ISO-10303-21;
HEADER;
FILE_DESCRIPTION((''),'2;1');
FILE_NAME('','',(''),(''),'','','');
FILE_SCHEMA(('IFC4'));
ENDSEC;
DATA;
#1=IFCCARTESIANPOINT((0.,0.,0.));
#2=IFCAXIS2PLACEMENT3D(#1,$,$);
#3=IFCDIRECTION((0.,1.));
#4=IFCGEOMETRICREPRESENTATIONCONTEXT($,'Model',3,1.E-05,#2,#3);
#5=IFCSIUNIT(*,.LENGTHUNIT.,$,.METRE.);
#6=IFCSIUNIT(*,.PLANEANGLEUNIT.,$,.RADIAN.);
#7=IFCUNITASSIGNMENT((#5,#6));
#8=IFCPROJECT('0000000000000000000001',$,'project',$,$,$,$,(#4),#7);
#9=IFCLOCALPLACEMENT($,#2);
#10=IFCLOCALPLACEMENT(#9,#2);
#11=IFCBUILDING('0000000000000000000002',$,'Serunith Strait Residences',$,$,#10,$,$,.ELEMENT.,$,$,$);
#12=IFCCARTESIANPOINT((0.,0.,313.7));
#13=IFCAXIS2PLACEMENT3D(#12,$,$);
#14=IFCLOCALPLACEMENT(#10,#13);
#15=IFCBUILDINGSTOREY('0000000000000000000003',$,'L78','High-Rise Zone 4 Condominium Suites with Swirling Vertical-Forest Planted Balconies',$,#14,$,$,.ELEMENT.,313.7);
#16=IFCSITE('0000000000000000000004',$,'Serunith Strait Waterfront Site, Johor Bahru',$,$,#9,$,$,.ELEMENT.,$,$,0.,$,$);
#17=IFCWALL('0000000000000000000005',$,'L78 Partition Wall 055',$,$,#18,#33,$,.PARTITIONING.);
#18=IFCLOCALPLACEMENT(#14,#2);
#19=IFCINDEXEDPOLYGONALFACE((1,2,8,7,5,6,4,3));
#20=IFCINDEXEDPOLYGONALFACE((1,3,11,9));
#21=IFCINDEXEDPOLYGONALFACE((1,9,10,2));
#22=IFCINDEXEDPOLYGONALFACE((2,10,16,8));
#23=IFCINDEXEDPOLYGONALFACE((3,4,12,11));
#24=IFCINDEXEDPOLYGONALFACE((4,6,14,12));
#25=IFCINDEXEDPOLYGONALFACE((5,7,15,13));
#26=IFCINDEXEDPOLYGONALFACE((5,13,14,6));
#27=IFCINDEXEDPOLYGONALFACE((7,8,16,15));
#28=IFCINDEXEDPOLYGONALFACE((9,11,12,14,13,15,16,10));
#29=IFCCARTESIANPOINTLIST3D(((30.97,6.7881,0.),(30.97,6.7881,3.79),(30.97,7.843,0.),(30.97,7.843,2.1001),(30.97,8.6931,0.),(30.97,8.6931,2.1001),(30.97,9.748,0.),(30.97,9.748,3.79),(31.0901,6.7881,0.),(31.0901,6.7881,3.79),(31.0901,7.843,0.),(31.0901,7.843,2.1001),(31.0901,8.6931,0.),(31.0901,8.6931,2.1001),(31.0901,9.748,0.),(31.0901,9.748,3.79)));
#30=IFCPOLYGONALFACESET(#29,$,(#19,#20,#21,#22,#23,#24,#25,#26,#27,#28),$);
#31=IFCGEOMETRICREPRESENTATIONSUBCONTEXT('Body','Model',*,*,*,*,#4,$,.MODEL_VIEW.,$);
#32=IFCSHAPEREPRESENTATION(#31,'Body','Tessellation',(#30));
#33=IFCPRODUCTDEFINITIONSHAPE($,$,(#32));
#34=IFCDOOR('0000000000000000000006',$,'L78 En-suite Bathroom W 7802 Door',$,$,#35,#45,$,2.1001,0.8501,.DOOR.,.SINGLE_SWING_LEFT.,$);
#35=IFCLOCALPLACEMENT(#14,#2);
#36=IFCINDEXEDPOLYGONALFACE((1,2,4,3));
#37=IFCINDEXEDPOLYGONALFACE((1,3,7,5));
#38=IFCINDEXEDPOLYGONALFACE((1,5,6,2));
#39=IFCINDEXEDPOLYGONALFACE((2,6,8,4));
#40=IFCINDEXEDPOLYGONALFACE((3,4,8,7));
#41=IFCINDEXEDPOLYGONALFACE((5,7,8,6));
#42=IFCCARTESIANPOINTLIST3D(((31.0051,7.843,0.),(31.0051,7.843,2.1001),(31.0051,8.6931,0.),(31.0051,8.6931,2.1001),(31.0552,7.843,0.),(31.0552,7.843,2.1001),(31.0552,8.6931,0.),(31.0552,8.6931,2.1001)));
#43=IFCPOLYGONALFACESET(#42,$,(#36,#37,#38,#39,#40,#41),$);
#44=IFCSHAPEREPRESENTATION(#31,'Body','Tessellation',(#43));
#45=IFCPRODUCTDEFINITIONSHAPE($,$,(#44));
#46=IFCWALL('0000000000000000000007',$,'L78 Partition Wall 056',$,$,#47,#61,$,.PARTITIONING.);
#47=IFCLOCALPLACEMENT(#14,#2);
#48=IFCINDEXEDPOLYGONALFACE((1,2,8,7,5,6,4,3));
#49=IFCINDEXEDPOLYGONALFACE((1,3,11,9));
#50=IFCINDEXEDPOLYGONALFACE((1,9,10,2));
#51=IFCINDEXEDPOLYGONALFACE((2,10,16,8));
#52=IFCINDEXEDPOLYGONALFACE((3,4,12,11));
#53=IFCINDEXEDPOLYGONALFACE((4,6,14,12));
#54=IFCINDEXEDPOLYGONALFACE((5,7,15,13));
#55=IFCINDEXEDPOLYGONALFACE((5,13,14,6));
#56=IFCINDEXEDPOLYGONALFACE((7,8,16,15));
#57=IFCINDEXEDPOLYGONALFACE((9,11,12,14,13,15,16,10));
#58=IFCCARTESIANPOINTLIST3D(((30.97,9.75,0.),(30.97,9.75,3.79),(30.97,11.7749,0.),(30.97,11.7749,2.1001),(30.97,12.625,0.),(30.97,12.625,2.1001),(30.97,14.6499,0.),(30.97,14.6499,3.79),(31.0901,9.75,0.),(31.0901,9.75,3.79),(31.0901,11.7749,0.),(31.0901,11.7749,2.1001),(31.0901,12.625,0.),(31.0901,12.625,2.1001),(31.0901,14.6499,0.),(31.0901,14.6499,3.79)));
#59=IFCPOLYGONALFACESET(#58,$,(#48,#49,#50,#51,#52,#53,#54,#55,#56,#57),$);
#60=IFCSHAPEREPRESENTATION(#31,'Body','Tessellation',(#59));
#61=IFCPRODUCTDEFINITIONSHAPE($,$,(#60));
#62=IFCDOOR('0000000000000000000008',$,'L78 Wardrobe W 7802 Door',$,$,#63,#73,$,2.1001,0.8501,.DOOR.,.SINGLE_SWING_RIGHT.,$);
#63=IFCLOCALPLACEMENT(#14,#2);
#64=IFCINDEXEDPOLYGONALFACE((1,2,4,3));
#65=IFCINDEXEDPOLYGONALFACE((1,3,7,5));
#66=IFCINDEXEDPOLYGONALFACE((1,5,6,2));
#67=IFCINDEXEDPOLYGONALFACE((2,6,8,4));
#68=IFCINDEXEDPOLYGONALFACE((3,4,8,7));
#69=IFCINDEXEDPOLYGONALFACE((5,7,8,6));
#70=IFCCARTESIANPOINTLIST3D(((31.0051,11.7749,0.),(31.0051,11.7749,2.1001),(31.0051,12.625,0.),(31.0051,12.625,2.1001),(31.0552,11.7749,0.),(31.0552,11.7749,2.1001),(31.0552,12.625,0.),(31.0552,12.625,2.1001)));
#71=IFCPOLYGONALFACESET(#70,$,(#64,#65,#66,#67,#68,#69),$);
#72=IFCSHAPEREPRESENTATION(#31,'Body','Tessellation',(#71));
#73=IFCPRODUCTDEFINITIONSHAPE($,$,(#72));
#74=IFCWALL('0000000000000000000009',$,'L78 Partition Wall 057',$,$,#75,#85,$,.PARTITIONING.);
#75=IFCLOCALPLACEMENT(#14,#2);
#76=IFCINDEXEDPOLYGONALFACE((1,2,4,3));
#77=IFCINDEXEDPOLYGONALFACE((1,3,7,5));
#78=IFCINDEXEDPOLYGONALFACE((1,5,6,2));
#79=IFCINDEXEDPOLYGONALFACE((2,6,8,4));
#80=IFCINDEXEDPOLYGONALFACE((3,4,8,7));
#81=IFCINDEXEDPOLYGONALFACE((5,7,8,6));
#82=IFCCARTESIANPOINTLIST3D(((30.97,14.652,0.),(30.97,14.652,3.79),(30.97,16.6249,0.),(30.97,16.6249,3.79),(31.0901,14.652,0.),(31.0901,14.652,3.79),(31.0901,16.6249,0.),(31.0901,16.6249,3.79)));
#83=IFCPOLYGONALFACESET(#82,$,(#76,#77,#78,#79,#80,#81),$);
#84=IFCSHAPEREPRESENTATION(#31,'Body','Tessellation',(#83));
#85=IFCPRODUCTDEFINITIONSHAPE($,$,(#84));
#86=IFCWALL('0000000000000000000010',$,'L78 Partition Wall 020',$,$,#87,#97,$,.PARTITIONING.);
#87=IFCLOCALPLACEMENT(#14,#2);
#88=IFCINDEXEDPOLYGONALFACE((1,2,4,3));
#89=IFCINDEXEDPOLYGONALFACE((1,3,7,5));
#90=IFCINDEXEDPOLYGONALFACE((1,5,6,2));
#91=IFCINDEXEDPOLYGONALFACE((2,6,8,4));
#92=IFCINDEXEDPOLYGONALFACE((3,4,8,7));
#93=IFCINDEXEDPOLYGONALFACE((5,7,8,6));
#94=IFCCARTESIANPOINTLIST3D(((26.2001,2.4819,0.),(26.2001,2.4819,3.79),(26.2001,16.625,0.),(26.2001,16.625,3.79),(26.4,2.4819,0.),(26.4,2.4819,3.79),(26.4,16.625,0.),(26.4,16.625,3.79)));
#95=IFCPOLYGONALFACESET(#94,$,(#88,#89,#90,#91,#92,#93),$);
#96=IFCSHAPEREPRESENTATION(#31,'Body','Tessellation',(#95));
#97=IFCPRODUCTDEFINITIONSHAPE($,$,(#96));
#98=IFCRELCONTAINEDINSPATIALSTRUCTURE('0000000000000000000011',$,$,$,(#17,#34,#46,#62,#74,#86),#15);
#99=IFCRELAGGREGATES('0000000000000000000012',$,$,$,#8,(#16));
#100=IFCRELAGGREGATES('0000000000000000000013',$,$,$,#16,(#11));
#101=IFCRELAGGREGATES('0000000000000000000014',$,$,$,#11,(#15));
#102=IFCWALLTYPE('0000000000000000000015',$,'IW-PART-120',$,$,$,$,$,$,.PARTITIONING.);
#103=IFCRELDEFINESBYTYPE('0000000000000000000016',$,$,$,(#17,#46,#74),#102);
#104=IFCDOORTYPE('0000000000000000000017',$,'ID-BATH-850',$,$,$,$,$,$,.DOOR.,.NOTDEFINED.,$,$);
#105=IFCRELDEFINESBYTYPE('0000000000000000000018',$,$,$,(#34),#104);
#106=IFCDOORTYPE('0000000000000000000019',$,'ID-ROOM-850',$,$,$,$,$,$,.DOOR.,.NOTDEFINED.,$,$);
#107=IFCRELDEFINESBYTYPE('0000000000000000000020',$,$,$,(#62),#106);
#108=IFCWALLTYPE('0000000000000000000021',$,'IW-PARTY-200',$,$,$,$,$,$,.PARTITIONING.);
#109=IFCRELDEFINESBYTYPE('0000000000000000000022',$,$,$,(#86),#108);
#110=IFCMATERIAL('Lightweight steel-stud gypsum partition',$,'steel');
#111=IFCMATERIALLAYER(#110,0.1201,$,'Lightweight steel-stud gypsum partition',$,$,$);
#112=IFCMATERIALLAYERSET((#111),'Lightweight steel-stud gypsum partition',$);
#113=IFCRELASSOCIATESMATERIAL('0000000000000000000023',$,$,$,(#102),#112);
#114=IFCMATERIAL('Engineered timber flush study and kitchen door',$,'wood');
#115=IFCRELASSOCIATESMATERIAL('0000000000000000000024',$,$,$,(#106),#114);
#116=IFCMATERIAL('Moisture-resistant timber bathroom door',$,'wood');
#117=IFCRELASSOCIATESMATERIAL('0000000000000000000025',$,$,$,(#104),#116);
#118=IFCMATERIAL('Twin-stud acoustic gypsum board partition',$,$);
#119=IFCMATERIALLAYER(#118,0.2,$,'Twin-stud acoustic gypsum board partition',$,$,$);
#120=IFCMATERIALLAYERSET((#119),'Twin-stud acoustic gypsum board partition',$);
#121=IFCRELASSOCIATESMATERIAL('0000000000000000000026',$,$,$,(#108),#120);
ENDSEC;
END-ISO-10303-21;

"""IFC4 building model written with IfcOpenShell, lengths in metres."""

from ifc_helpers import new_model, si_unit, direction, frame, frame_2d, origin, place, context, subcontext, project, spatial, rectangle, extrude, source, transform, mapped, material, layer, layer_set, type_object, element, fill, save


model = new_model("IFC4")

# Units and contexts
model_context = context("Model", 3, precision=1e-05, world=origin(), true_north=direction((0.0, 1.0)))
body_context = subcontext(model_context, "Body", "Model", "MODEL_VIEW")
ifc_project = project(units=[si_unit("LENGTHUNIT", "METRE"), si_unit("PLANEANGLEUNIT", "RADIAN")], contexts=[model_context])

# Site, building, storey
site_placement = place(None, origin())
site = spatial("IfcSite", under=ifc_project, at=site_placement, Name="Serunith Strait Waterfront Site, Johor Bahru", CompositionType="ELEMENT", RefElevation=0.0)
building_placement = place(site_placement, origin())
building = spatial("IfcBuilding", under=site, at=building_placement, Name="Serunith Strait Residences", CompositionType="ELEMENT")
storey_placement = place(building_placement, frame((0.0, 0.0, 313.7)))
storey = spatial("IfcBuildingStorey", under=building, at=storey_placement, Name="L78", Description="High-Rise Zone 4 Condominium Suites with Swirling Vertical-Forest Planted Balconies", CompositionType="ELEMENT", Elevation=313.7)

# Shared definitions
ifc_material_1 = material(Name="Lightweight steel-stud gypsum partition", Category="steel")
ifc_layer_1 = layer(ifc_material_1, 0.1201, Name="Lightweight steel-stud gypsum partition")
ifc_layer_set_1 = layer_set([ifc_layer_1], Name="Lightweight steel-stud gypsum partition")
wall_type_1 = type_object("IfcWallType", Name="IW-PART-120", PredefinedType="PARTITIONING", material=ifc_layer_set_1)
ifc_material_2 = material(Name="Engineered timber flush study and kitchen door", Category="wood")
door_type_1 = type_object("IfcDoorType", Name="ID-ROOM-850", OperationType="NOTDEFINED", PredefinedType="DOOR", material=ifc_material_2)
shared_shape_1 = source(origin(), body_context, "Body", "SweptSolid", [
    extrude(rectangle(XDim=0.8501, YDim=2.1001, at=frame_2d((0.425, 1.05))), frame((0.0, 0.0249, 0.0), z_axis=(0.0, -1.0, 0.0), x_axis=(1.0, 0.0, 0.0)), (0.0, 0.0, 1.0), 0.05),
])

# Walls, openings, doors
wall_1_placement = place(storey_placement, frame((31.03, 6.7881, 0.0), z_axis=(0.0, 0.0, 1.0), x_axis=(0.0, 1.0, 0.0)))
wall_1 = element("IfcWall", 1, at=wall_1_placement, inside=storey, type_object=wall_type_1, Name="L78 Partition Wall 055", PredefinedType="PARTITIONING", context=body_context, shape_type="SweptSolid", body=[
    extrude(rectangle(XDim=2.96, YDim=0.1201, at=frame_2d((1.48, 0.0))), origin(), (0.0, 0.0, 1.0), 3.79),
])
opening_1_placement = place(wall_1_placement, frame((1.0549, 0.0, 0.0)))
opening_1 = element("IfcOpeningElement", 2, at=opening_1_placement, cuts=wall_1, PredefinedType="OPENING", context=body_context, shape_type="SweptSolid", body=[
    extrude(rectangle(XDim=0.8501, YDim=2.1001, at=frame_2d((0.425, 1.05))), frame((0.0, 0.0701, 0.0), z_axis=(0.0, -1.0, 0.0), x_axis=(1.0, 0.0, 0.0)), (0.0, 0.0, 1.0), 0.1401),
])
ifc_material_3 = material(Name="Moisture-resistant timber bathroom door", Category="wood")
door_type_2 = type_object("IfcDoorType", Name="ID-BATH-850", OperationType="NOTDEFINED", PredefinedType="DOOR", material=ifc_material_3)
door_1_placement = place(opening_1_placement, origin())
door_1 = element("IfcDoor", 3, at=door_1_placement, inside=storey, type_object=door_type_2, Name="L78 En-suite Bathroom W 7802 Door", OperationType="SINGLE_SWING_LEFT", OverallHeight=2.1001, OverallWidth=0.8501, PredefinedType="DOOR", context=body_context, shape_type="MappedRepresentation", body=[
    mapped(shared_shape_1, transform((0.0, 0.0, 0.0), scale=1.0)),
])
fill(opening_1, door_1)
wall_2_placement = place(storey_placement, frame((31.03, 9.75, 0.0), z_axis=(0.0, 0.0, 1.0), x_axis=(0.0, 1.0, 0.0)))
wall_2 = element("IfcWall", 4, at=wall_2_placement, inside=storey, type_object=wall_type_1, Name="L78 Partition Wall 056", PredefinedType="PARTITIONING", context=body_context, shape_type="SweptSolid", body=[
    extrude(rectangle(XDim=4.8999, YDim=0.1201, at=frame_2d((2.45, 0.0))), origin(), (0.0, 0.0, 1.0), 3.79),
])
opening_2_placement = place(wall_2_placement, frame((2.0249, 0.0, 0.0)))
opening_2 = element("IfcOpeningElement", 5, at=opening_2_placement, cuts=wall_2, PredefinedType="OPENING", context=body_context, shape_type="SweptSolid", body=[
    extrude(rectangle(XDim=0.8501, YDim=2.1001, at=frame_2d((0.425, 1.05))), frame((0.0, 0.0701, 0.0), z_axis=(0.0, -1.0, 0.0), x_axis=(1.0, 0.0, 0.0)), (0.0, 0.0, 1.0), 0.1401),
])
door_2_placement = place(opening_2_placement, origin())
door_2 = element("IfcDoor", 6, at=door_2_placement, inside=storey, type_object=door_type_1, Name="L78 Wardrobe W 7802 Door", OperationType="SINGLE_SWING_RIGHT", OverallHeight=2.1001, OverallWidth=0.8501, PredefinedType="DOOR", context=body_context, shape_type="MappedRepresentation", body=[
    mapped(shared_shape_1, transform((0.0, 0.0, 0.0), scale=1.0)),
])
fill(opening_2, door_2)

# Walls
wall_3_placement = place(storey_placement, frame((31.03, 14.6521, 0.0), z_axis=(0.0, 0.0, 1.0), x_axis=(0.0, 1.0, 0.0)))
element("IfcWall", 7, at=wall_3_placement, inside=storey, type_object=wall_type_1, Name="L78 Partition Wall 057", PredefinedType="PARTITIONING", context=body_context, shape_type="SweptSolid", body=[
    extrude(rectangle(XDim=1.9729, YDim=0.1201, at=frame_2d((0.9863, 0.0))), origin(), (0.0, 0.0, 1.0), 3.79),
])
ifc_material_4 = material(Name="Twin-stud acoustic gypsum board partition")
ifc_layer_2 = layer(ifc_material_4, 0.2, Name="Twin-stud acoustic gypsum board partition")
ifc_layer_set_2 = layer_set([ifc_layer_2], Name="Twin-stud acoustic gypsum board partition")
wall_type_2 = type_object("IfcWallType", Name="IW-PARTY-200", PredefinedType="PARTITIONING", material=ifc_layer_set_2)
wall_4_placement = place(storey_placement, frame((26.3, 2.4819, 0.0), z_axis=(0.0, 0.0, 1.0), x_axis=(0.0, 1.0, 0.0)))
element("IfcWall", 8, at=wall_4_placement, inside=storey, type_object=wall_type_2, Name="L78 Partition Wall 020", PredefinedType="PARTITIONING", context=body_context, shape_type="SweptSolid", body=[
    extrude(rectangle(XDim=14.1431, YDim=0.2, at=frame_2d((7.0715, 0.0))), origin(), (0.0, 0.0, 1.0), 3.79),
])

save(model, "model.ifc")
